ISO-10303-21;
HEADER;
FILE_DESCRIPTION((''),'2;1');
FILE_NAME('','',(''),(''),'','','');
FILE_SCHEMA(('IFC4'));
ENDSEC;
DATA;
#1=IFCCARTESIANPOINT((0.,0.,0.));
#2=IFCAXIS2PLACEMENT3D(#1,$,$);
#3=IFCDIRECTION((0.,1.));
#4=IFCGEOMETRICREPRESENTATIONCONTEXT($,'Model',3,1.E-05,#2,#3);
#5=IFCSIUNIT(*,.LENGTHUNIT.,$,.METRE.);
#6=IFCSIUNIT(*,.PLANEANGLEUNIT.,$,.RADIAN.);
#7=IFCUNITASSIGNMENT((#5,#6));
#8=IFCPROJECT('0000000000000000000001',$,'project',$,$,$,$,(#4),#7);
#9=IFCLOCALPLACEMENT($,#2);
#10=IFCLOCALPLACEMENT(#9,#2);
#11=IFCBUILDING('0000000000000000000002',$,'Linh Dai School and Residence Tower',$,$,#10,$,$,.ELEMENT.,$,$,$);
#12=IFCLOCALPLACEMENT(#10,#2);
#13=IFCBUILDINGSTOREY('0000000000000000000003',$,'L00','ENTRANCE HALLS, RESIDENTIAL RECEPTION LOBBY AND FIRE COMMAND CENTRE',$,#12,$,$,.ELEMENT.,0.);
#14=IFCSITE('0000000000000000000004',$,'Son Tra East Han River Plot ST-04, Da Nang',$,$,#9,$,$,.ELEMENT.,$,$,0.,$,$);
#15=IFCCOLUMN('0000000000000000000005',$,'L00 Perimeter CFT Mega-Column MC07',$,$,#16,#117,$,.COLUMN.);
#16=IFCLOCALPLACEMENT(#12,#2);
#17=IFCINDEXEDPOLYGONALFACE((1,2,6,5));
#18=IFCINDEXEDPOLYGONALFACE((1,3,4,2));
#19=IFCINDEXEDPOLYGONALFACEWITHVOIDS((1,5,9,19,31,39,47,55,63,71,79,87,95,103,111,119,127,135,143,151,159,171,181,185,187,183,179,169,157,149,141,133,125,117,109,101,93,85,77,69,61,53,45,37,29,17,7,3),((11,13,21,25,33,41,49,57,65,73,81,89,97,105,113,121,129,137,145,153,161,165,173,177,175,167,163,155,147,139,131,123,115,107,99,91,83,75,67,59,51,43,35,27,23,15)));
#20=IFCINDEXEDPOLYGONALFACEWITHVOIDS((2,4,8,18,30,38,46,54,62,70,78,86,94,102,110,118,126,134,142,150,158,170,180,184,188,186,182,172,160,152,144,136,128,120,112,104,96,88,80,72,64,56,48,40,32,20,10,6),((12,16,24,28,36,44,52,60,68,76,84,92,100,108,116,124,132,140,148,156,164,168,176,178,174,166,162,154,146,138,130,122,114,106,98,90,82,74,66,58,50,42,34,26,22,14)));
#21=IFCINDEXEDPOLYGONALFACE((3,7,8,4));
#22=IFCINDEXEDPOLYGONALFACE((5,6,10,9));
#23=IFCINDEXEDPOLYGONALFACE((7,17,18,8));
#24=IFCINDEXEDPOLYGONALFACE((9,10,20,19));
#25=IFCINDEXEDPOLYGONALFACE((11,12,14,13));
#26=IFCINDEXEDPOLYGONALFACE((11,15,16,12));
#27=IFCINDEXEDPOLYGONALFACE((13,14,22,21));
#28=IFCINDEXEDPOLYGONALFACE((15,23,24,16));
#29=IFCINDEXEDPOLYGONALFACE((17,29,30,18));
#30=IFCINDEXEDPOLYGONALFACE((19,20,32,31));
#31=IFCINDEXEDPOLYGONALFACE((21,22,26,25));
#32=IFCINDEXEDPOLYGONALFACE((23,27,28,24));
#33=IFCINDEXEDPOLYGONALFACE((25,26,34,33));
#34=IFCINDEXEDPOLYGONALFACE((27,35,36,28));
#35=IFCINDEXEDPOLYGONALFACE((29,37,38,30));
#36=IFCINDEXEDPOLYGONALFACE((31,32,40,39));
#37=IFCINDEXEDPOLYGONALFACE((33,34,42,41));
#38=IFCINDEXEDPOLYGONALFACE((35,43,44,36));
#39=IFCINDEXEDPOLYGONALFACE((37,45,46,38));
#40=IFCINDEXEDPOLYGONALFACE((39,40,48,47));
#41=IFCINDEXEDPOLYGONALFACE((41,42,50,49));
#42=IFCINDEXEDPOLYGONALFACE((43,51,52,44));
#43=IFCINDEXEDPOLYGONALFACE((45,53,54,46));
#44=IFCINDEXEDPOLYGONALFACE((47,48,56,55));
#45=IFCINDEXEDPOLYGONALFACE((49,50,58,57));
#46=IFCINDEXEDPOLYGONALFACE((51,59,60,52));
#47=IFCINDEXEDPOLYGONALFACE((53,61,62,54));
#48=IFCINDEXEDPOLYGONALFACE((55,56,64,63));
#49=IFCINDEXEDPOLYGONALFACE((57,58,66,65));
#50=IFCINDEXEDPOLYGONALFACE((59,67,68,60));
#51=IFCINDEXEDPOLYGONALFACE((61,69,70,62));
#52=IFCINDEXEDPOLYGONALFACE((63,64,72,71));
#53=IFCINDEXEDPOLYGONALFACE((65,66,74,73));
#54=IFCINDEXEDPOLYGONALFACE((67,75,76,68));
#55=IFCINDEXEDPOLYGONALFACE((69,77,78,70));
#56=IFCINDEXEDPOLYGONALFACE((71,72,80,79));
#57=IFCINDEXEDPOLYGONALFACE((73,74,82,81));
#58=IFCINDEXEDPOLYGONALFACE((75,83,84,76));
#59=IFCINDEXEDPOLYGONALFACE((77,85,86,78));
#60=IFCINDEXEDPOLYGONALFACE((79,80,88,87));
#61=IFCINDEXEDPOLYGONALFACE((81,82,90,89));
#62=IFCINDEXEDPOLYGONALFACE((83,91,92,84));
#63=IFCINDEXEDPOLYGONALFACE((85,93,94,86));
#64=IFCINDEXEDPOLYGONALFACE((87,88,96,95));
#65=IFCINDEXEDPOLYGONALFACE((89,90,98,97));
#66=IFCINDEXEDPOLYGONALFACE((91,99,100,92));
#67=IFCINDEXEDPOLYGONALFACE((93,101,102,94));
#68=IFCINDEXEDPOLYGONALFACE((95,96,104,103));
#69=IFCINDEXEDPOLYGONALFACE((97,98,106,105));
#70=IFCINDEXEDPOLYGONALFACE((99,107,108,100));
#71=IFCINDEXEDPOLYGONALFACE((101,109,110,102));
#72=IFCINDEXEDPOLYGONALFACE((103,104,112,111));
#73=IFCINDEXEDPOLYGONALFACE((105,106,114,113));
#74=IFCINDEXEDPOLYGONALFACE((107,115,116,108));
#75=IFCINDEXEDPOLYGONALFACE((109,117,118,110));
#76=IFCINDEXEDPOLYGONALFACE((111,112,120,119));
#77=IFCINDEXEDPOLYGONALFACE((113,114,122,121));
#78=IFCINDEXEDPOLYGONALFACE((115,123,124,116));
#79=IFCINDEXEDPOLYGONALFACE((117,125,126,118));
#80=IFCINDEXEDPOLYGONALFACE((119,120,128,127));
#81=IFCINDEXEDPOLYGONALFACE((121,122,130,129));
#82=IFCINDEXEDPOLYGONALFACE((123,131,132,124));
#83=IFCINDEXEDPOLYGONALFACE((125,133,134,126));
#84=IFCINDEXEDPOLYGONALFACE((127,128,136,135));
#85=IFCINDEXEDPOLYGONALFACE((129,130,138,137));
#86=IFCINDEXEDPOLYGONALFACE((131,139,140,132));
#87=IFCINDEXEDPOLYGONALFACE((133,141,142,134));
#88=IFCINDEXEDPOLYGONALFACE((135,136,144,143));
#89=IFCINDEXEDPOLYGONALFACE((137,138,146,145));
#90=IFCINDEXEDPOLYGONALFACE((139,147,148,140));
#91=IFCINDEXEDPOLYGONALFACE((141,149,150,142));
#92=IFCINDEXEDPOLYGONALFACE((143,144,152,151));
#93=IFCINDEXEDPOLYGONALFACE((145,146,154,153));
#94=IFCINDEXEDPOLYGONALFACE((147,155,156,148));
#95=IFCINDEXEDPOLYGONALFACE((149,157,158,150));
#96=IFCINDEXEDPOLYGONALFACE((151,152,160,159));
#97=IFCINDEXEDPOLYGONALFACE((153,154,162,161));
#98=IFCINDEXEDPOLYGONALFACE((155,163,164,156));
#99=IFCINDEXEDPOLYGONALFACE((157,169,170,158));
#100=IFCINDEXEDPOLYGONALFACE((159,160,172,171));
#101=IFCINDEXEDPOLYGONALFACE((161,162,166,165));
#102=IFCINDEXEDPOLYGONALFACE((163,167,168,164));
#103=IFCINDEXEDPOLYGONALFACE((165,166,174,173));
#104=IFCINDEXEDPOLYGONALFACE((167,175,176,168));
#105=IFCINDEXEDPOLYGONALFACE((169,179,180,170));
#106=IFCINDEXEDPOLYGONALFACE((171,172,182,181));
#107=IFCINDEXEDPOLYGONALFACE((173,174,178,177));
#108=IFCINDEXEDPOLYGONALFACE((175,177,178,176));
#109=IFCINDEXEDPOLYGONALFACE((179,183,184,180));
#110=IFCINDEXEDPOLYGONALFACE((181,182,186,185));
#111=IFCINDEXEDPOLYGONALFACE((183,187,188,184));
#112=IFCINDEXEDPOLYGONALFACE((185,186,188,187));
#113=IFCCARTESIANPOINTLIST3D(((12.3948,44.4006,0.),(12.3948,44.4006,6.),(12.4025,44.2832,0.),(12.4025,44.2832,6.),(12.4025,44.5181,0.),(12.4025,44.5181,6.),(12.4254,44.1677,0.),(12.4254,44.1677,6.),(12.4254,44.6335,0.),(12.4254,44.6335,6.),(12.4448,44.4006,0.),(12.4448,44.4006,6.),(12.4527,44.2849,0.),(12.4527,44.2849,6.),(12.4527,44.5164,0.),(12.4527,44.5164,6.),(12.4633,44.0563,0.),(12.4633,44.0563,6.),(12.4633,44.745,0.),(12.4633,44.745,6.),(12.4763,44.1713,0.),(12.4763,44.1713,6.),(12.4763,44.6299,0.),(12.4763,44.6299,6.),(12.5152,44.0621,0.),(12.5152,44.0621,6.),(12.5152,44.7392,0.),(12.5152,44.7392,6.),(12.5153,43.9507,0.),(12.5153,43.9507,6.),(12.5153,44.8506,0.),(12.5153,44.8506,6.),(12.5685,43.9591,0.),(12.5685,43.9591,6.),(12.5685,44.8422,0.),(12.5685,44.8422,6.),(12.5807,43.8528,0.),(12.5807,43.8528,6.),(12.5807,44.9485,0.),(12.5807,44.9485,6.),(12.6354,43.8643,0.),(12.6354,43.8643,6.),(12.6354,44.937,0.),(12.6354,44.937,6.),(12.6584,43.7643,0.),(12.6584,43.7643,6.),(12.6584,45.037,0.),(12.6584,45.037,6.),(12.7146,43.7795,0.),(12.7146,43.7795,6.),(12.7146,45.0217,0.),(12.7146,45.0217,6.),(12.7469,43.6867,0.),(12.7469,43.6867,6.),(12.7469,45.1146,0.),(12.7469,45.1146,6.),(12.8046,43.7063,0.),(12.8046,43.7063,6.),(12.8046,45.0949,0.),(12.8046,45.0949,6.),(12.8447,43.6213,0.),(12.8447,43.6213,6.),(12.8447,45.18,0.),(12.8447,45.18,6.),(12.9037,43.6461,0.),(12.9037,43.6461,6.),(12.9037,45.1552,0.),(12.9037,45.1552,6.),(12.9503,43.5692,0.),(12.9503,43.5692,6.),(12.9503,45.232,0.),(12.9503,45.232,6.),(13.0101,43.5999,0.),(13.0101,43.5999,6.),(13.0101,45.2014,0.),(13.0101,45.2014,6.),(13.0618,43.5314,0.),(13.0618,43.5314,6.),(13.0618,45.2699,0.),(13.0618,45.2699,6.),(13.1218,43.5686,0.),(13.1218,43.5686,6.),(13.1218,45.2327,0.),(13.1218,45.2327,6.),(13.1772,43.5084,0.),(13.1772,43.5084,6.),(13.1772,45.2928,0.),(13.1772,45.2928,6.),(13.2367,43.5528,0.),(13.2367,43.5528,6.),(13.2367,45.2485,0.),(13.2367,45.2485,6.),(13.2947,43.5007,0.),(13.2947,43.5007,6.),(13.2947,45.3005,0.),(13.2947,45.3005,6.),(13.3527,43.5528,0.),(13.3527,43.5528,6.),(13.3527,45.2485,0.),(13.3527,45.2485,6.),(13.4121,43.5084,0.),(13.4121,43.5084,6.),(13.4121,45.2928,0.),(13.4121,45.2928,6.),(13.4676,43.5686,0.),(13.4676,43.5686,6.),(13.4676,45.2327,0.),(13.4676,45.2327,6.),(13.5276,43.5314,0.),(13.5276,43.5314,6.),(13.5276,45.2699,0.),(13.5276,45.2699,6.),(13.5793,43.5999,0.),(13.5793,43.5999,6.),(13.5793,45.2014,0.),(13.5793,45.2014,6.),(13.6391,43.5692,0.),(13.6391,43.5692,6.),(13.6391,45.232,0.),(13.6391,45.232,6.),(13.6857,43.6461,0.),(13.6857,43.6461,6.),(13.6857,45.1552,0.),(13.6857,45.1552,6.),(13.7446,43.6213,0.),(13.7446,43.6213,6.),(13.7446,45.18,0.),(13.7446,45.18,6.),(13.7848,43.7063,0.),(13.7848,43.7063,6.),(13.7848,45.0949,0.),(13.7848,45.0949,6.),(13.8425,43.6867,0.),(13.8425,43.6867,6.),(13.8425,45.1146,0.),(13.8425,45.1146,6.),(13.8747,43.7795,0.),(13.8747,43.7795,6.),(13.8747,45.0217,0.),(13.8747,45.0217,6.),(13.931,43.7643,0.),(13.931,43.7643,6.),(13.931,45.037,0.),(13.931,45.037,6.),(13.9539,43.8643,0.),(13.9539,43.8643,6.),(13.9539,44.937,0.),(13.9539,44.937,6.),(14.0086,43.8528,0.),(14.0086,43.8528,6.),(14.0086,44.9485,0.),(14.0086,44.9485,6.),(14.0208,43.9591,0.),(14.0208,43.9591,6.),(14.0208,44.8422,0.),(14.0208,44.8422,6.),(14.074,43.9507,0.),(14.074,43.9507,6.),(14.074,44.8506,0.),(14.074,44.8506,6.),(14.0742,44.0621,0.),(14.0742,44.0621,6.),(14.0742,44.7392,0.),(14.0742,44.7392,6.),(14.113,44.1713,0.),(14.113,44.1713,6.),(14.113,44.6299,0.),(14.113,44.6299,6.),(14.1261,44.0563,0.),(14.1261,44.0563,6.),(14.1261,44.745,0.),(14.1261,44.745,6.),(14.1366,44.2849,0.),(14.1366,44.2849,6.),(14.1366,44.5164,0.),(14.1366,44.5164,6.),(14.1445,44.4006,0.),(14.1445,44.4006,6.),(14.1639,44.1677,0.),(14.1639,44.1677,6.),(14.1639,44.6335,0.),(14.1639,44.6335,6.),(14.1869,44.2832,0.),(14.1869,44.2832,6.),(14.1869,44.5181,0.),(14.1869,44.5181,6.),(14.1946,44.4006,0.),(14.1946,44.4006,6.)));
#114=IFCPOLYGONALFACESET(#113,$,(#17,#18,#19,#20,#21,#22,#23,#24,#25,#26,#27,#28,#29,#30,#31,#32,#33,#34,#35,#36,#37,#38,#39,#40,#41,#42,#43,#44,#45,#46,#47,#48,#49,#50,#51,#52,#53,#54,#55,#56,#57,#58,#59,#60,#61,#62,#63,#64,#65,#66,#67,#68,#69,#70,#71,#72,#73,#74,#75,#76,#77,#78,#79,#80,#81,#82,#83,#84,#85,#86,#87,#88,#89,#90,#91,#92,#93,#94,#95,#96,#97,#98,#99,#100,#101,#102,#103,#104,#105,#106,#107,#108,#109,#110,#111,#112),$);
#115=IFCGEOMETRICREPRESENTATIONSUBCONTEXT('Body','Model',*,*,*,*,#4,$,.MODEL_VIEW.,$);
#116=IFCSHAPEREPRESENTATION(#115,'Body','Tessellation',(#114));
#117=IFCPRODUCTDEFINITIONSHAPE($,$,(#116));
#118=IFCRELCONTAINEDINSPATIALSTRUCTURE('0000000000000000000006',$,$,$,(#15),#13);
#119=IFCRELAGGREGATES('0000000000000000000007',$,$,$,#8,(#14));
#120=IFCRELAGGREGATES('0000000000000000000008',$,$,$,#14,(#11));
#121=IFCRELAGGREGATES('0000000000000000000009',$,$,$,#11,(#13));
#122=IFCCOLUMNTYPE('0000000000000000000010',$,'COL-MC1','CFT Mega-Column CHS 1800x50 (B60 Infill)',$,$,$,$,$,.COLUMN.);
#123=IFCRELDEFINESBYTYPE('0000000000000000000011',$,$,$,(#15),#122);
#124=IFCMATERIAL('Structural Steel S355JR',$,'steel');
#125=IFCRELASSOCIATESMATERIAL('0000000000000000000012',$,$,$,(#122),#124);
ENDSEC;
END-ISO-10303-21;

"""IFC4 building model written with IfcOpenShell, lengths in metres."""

from ifc_helpers import new_model, si_unit, direction, frame, origin, origin_2d, place, context, subcontext, project, spatial, hollow_circle, extrude, material, material_profile, profile_set, type_object, element, save


model = new_model("IFC4")

# Units and contexts
model_context = context("Model", 3, precision=1e-05, world=origin(), true_north=direction((0.0, 1.0)))
body_context = subcontext(model_context, "Body", "Model", "MODEL_VIEW")
ifc_project = project(units=[si_unit("LENGTHUNIT", "METRE"), si_unit("PLANEANGLEUNIT", "RADIAN")], contexts=[model_context])

# Site, building, storey
site_placement = place(None, origin())
site = spatial("IfcSite", under=ifc_project, at=site_placement, Name="Son Tra East Han River Plot ST-04, Da Nang", CompositionType="ELEMENT", RefElevation=0.0)
building_placement = place(site_placement, origin())
building = spatial("IfcBuilding", under=site, at=building_placement, Name="Linh Dai School and Residence Tower", CompositionType="ELEMENT")
storey_placement = place(building_placement, origin())
storey = spatial("IfcBuildingStorey", under=building, at=storey_placement, Name="L00", Description="ENTRANCE HALLS, RESIDENTIAL RECEPTION LOBBY AND FIRE COMMAND CENTRE", CompositionType="ELEMENT", Elevation=0.0)

# Column
ifc_material_1 = material(Name="Structural Steel S355JR", Category="steel")
ifc_material_profile_1 = material_profile(ifc_material_1, hollow_circle(Radius=0.8999, WallThickness=0.05, at=origin_2d()), Name="CHS 1800x50")
ifc_profile_set_1 = profile_set([ifc_material_profile_1], Name="Structural Steel S355JR")
column_type = type_object("IfcColumnType", Name="COL-MC1", Description="CFT Mega-Column CHS 1800x50 (B60 Infill)", PredefinedType="COLUMN", material=ifc_profile_set_1)
for number, where, z_axis, x_axis, name in (
    (1, (13.2947, 44.4006, 0.0), (0.0, 0.0, 1.0), (1.0, 0.0, 0.0), "L00 Perimeter CFT Mega-Column MC07"),
):
    element("IfcColumn", number, at=place(storey_placement, frame(where, z_axis=z_axis, x_axis=x_axis)), inside=storey, type_object=column_type, Name=name, PredefinedType="COLUMN", context=body_context, shape_type="SweptSolid", body=[
        extrude(hollow_circle(Radius=0.8999, WallThickness=0.05, at=origin_2d()), origin(), (0.0, 0.0, 1.0), 6.0),
    ])

save(model, "model.ifc")
